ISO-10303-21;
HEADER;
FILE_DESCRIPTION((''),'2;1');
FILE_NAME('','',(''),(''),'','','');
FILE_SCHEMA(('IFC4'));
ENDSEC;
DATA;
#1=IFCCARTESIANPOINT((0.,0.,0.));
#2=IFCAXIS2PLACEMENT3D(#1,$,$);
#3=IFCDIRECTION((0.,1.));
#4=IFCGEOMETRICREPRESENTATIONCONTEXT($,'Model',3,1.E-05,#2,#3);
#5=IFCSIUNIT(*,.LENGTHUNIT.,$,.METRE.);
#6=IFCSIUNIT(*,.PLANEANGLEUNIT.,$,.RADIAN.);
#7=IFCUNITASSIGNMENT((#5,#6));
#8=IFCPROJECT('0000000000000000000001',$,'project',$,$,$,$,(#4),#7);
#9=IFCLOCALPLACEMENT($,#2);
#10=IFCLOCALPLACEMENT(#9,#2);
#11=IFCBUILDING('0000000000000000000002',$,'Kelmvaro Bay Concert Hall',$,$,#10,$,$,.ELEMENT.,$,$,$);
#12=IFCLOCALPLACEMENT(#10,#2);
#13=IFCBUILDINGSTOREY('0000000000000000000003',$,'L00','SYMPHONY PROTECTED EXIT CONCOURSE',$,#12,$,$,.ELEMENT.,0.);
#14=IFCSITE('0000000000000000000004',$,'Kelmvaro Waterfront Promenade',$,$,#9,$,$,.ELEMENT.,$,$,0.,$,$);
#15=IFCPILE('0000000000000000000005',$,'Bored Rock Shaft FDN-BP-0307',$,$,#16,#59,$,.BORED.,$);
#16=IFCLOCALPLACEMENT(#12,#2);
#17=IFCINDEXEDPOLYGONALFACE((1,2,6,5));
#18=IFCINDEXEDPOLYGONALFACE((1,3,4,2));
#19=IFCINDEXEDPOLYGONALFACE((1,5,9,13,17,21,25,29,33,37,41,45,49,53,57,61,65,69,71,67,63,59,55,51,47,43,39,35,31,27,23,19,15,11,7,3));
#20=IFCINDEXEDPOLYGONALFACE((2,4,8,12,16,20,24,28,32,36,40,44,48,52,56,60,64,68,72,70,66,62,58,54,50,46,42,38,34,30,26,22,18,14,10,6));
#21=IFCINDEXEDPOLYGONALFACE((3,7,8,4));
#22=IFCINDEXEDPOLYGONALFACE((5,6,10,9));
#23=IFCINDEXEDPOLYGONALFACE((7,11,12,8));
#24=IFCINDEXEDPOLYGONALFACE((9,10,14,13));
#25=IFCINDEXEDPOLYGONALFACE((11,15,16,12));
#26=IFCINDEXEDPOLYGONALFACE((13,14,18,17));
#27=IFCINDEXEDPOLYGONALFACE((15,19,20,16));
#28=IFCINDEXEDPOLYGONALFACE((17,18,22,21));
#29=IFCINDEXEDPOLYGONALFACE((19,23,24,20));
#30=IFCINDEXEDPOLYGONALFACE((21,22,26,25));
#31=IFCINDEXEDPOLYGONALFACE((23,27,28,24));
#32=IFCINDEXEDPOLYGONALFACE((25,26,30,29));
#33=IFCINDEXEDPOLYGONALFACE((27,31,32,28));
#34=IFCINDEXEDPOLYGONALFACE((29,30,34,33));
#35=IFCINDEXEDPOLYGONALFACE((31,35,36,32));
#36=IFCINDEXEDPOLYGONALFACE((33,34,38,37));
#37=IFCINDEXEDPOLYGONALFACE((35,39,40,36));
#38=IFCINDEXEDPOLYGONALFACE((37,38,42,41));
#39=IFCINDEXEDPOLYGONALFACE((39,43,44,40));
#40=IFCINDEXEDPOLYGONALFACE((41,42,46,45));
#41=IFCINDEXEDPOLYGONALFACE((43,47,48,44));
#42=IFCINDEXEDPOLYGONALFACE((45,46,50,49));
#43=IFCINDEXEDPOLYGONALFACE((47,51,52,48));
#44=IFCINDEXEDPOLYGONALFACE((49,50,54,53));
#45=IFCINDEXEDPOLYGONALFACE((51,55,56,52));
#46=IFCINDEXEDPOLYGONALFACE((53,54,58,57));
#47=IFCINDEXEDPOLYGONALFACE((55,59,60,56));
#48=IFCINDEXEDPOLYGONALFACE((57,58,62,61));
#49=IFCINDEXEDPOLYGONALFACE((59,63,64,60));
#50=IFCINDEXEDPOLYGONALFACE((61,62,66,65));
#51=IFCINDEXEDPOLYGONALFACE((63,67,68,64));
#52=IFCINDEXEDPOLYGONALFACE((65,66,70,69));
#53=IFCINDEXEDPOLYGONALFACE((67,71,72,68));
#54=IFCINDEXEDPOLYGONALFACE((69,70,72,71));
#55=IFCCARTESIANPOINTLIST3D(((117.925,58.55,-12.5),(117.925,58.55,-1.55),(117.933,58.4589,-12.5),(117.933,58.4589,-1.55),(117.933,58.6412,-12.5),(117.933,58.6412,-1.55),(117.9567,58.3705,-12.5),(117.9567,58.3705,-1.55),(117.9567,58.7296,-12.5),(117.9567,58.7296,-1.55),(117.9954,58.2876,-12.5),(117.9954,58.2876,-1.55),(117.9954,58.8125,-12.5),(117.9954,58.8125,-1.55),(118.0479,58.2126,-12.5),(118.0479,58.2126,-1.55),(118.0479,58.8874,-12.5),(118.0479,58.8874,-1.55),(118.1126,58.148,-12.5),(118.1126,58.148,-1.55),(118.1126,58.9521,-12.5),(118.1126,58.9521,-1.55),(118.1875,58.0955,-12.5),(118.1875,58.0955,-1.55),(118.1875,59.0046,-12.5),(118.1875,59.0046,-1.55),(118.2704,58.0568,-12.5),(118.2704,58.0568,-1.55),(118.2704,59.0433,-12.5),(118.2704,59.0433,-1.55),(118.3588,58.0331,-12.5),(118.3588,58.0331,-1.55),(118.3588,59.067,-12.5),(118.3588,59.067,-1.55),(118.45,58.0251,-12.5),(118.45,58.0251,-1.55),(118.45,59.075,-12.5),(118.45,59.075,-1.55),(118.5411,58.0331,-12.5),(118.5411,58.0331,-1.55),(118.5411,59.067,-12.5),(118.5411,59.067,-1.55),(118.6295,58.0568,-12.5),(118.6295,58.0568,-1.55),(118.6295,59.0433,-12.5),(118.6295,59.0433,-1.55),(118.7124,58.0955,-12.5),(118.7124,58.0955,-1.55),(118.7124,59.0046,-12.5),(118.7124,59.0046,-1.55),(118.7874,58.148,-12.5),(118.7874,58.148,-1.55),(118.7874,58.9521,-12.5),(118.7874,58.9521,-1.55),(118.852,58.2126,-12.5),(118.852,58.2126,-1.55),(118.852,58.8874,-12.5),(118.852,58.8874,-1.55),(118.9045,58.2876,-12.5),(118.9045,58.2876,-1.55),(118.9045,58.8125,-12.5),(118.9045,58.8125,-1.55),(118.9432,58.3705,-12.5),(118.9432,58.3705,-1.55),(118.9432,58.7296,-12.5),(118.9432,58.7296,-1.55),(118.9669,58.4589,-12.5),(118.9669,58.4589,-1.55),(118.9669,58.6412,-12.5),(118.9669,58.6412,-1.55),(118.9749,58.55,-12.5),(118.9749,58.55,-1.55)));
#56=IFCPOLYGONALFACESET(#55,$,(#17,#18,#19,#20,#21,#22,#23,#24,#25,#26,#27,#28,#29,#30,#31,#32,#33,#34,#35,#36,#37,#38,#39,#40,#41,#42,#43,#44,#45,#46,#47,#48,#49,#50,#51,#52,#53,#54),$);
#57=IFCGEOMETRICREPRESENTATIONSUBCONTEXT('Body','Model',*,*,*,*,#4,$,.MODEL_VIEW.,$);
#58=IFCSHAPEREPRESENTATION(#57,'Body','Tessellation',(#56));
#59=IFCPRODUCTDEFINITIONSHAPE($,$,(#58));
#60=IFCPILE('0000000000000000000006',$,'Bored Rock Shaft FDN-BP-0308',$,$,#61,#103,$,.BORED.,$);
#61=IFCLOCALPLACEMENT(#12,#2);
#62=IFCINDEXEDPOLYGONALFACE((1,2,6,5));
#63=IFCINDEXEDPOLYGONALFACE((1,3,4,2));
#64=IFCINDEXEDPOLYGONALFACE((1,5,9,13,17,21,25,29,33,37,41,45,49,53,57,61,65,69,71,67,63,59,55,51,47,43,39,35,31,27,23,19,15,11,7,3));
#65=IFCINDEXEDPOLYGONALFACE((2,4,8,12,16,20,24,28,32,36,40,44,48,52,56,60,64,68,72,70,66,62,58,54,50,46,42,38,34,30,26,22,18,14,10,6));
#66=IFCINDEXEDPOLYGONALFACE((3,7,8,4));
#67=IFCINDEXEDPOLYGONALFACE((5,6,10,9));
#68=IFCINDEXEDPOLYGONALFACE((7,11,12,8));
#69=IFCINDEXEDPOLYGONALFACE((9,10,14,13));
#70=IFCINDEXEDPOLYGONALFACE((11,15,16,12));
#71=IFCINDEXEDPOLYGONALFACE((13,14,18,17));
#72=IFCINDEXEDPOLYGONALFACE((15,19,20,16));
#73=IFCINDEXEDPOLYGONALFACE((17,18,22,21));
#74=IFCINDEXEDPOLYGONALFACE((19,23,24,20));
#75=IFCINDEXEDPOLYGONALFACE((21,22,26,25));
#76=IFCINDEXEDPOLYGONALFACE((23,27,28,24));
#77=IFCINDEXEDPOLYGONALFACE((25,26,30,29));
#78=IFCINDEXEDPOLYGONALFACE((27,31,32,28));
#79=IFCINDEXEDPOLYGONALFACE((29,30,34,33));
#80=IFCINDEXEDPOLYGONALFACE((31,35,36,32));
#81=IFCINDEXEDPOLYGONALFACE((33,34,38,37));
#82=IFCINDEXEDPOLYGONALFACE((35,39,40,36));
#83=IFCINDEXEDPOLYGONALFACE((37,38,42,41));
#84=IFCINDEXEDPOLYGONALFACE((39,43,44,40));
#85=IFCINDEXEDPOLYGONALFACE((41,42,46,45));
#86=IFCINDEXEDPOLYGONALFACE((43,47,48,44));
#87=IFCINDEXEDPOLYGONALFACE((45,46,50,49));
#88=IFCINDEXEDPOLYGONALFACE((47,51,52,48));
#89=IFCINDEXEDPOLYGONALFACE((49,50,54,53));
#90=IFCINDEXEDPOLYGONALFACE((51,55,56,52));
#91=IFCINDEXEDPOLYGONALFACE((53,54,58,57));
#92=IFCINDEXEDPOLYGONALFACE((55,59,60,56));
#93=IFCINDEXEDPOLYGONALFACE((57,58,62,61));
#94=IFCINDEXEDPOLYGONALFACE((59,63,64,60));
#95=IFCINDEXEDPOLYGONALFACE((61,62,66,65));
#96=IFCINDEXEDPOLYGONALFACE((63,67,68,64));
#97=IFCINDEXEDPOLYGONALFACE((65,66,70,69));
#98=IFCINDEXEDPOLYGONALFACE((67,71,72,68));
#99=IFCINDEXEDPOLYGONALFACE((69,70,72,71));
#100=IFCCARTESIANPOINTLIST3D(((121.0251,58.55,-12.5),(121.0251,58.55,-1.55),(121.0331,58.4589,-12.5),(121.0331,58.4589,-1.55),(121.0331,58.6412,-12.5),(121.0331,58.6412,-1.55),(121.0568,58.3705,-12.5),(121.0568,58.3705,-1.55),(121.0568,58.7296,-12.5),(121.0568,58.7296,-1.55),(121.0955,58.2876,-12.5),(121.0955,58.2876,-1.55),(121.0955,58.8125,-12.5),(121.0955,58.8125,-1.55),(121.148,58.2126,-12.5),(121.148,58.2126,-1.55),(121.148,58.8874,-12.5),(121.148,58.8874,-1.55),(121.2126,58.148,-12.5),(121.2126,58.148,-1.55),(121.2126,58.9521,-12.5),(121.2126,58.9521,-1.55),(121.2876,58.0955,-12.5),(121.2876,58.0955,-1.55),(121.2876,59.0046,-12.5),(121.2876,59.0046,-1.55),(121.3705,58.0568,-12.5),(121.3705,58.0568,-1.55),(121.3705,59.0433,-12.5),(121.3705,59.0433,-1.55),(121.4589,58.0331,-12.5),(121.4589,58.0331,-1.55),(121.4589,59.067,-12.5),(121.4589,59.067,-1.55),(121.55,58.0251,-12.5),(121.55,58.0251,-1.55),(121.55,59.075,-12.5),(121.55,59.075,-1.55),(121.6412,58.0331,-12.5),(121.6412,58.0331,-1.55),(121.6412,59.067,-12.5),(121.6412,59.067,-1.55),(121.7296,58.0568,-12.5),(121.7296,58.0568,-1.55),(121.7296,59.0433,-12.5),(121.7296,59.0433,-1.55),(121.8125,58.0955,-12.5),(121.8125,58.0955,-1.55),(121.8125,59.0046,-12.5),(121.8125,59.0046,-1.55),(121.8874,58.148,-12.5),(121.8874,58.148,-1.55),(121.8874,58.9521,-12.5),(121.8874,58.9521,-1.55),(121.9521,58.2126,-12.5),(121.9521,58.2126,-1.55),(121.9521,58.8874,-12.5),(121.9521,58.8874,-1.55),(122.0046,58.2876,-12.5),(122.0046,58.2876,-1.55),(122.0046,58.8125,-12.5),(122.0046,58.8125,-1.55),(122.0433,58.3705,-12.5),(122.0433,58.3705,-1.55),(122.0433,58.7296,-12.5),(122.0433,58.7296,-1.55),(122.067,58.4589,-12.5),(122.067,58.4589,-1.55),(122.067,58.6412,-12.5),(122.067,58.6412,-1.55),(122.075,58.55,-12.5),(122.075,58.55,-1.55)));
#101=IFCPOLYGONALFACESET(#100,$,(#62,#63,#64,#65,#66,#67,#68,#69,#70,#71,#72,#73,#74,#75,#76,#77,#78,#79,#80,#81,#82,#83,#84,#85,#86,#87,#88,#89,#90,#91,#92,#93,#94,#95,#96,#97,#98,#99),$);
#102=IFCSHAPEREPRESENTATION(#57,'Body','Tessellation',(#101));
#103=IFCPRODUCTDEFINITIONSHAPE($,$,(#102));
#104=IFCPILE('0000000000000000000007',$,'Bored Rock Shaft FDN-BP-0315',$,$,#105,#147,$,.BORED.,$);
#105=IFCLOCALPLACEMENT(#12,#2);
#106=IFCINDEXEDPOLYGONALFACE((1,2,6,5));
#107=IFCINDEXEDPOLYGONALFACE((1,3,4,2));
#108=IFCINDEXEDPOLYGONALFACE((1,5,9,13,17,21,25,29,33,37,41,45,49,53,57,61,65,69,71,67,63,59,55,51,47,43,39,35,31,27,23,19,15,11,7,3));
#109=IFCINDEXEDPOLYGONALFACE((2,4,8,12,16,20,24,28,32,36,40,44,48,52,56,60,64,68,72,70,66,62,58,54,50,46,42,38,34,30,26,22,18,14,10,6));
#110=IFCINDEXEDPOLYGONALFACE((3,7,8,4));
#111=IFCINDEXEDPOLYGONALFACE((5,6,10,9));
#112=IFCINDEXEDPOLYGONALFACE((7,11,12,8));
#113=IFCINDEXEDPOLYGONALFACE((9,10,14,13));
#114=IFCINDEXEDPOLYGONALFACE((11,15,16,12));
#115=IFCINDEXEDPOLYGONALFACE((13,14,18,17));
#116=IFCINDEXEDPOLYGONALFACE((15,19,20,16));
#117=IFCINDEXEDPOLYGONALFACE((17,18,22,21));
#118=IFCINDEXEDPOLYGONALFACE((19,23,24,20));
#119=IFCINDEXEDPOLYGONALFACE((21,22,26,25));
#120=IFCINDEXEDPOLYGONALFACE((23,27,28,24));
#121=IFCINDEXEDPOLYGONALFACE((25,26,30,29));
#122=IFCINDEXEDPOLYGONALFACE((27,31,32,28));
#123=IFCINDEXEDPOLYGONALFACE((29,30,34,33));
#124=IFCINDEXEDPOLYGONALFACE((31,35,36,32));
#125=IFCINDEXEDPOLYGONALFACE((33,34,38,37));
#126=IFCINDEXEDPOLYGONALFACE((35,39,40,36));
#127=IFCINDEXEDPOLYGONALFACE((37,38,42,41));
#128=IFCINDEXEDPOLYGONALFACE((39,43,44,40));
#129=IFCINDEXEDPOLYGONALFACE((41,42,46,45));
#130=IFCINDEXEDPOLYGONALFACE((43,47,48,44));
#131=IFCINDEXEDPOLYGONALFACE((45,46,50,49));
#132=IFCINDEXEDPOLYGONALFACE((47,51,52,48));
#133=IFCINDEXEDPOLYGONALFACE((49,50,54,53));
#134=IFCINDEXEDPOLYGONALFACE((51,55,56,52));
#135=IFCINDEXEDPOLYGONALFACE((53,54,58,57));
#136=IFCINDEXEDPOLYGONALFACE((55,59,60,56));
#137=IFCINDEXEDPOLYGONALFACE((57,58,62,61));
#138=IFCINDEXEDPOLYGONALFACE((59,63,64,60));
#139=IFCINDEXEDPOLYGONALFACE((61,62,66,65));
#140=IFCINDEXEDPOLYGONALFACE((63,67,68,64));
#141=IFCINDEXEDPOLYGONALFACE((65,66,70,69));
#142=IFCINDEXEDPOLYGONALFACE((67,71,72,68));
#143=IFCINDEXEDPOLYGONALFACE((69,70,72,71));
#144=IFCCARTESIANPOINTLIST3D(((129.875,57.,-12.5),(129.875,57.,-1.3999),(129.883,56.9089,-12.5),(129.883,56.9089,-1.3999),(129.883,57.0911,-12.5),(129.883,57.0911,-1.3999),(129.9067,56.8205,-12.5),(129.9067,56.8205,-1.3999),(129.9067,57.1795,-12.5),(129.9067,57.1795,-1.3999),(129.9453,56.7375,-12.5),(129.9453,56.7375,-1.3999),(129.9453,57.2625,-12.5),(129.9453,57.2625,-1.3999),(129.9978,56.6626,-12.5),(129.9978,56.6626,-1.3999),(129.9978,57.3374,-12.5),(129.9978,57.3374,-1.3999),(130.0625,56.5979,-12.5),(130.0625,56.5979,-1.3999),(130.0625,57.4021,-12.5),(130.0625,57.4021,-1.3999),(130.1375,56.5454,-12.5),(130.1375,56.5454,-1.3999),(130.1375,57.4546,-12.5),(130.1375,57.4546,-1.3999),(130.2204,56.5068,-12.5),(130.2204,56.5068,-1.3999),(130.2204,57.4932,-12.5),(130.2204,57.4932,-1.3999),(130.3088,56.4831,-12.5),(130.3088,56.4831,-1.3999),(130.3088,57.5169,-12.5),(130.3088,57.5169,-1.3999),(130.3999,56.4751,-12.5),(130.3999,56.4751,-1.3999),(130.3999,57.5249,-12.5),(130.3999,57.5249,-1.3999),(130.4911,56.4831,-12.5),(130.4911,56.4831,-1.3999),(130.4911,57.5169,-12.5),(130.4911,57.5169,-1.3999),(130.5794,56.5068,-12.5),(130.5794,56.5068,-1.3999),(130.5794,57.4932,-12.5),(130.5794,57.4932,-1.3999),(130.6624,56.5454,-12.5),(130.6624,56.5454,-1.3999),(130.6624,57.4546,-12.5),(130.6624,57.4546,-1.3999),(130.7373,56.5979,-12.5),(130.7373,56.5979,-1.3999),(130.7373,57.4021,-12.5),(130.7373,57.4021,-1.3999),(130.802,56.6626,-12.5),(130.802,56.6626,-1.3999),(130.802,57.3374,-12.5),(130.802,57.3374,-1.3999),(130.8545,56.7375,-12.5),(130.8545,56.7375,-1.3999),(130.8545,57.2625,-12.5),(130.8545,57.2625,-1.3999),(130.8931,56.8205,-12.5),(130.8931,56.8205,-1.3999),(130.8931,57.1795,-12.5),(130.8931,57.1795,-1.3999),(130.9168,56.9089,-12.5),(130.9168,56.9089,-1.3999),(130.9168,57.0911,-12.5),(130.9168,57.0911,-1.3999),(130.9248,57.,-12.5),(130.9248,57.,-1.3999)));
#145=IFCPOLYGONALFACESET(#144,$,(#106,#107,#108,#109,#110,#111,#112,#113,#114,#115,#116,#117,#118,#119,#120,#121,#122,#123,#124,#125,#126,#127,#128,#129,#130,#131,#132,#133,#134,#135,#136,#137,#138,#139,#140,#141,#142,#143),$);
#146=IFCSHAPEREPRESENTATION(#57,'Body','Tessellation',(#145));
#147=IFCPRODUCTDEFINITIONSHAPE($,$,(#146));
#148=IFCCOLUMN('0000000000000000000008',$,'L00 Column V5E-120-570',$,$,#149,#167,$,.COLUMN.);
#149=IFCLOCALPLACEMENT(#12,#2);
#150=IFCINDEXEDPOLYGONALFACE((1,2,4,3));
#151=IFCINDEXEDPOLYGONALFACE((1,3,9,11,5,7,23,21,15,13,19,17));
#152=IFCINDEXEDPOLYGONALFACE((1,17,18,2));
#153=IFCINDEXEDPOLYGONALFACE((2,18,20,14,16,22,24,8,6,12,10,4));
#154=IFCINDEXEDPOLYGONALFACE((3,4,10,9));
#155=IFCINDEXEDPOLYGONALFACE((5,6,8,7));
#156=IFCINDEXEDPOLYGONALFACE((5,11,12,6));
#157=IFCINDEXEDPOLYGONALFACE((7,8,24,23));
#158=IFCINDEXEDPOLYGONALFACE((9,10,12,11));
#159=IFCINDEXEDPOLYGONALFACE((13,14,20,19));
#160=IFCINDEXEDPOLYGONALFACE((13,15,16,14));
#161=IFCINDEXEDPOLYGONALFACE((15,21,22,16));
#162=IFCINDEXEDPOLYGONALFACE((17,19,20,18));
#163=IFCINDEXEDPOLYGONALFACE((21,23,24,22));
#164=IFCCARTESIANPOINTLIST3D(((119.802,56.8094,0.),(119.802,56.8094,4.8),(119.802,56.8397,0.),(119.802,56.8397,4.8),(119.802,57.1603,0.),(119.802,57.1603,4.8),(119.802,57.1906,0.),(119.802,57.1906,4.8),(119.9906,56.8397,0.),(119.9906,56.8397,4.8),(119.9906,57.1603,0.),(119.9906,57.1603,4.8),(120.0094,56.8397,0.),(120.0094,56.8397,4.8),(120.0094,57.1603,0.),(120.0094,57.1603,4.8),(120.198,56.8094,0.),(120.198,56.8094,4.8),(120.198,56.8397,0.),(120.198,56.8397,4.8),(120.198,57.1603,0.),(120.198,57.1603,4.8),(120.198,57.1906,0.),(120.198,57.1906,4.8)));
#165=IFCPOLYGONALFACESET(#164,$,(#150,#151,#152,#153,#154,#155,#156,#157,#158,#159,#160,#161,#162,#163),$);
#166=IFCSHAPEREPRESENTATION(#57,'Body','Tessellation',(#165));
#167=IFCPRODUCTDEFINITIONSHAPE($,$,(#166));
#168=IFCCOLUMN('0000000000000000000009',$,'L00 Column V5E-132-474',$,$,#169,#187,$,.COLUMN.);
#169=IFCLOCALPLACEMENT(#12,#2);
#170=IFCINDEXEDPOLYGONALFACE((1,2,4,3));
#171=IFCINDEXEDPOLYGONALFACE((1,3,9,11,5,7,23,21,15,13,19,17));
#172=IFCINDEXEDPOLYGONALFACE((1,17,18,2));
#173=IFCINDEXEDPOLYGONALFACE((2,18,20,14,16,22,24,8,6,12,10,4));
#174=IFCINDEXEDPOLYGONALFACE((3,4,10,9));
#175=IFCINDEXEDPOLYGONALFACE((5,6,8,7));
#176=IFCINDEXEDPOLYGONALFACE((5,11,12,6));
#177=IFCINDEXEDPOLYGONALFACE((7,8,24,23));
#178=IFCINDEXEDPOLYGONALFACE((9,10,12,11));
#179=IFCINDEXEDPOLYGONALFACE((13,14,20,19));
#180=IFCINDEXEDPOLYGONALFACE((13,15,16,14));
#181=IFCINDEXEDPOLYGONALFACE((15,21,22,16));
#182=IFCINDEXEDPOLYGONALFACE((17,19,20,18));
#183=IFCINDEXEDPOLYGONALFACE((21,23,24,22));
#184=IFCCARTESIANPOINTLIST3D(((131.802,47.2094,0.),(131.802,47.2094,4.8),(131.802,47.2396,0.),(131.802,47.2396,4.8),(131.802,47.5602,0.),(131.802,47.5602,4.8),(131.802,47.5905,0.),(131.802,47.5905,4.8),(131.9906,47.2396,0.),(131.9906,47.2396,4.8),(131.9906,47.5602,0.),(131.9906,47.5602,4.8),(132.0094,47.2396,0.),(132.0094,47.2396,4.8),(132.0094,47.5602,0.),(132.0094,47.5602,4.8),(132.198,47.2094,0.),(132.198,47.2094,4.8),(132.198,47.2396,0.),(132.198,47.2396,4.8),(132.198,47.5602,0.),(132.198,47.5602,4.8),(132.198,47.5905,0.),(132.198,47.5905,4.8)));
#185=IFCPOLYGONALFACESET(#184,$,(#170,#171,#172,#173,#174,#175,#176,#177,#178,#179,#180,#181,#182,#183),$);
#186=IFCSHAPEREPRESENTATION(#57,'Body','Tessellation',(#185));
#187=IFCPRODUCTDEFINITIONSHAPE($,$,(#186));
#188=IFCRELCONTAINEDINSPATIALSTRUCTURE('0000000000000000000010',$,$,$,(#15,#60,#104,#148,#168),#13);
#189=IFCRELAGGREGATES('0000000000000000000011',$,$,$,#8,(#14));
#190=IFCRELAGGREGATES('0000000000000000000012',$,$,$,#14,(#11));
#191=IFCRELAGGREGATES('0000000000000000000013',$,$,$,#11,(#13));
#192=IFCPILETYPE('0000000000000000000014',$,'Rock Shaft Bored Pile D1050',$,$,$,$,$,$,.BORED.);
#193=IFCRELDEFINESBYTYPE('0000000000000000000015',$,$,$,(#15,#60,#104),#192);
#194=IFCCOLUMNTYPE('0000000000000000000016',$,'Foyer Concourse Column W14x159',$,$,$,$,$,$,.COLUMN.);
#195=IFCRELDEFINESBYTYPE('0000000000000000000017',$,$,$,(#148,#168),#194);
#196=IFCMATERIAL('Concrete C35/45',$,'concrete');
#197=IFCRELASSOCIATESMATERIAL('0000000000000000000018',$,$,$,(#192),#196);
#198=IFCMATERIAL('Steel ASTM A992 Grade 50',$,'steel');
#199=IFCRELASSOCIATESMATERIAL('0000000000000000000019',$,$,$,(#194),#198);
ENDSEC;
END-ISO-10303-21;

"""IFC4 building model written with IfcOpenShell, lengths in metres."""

from ifc_helpers import new_model, si_unit, direction, frame, origin, origin_2d, place, context, subcontext, project, spatial, circle, i_section, extrude, material, material_profile, profile_set, type_object, element, save


model = new_model("IFC4")

# Units and contexts
model_context = context("Model", 3, precision=1e-05, world=origin(), true_north=direction((0.0, 1.0)))
body_context = subcontext(model_context, "Body", "Model", "MODEL_VIEW")
ifc_project = project(units=[si_unit("LENGTHUNIT", "METRE"), si_unit("PLANEANGLEUNIT", "RADIAN")], contexts=[model_context])

# Site, building, storey
site_placement = place(None, origin())
site = spatial("IfcSite", under=ifc_project, at=site_placement, Name="Kelmvaro Waterfront Promenade", CompositionType="ELEMENT", RefElevation=0.0)
building_placement = place(site_placement, origin())
building = spatial("IfcBuilding", under=site, at=building_placement, Name="Kelmvaro Bay Concert Hall", CompositionType="ELEMENT")
storey_placement = place(building_placement, origin())
storey = spatial("IfcBuildingStorey", under=building, at=storey_placement, Name="L00", Description="SYMPHONY PROTECTED EXIT CONCOURSE", CompositionType="ELEMENT", Elevation=0.0)

# Piles
ifc_material_1 = material(Name="Concrete C35/45", Category="concrete")
ifc_material_profile_1 = material_profile(ifc_material_1, circle(Radius=0.5249, at=origin_2d()), Name="PILE-BORED-1050")
ifc_profile_set_1 = profile_set([ifc_material_profile_1], Name="Concrete C35/45")
pile_type = type_object("IfcPileType", Name="Rock Shaft Bored Pile D1050", PredefinedType="BORED", material=ifc_profile_set_1)
for number, where, z_axis, x_axis, name in (
    (1, (118.45, 58.55, -1.55), (0.0, 0.0, -1.0), (1.0, 0.0, 0.0), "Bored Rock Shaft FDN-BP-0307"),
    (2, (121.55, 58.55, -1.55), (0.0, 0.0, -1.0), (1.0, 0.0, 0.0), "Bored Rock Shaft FDN-BP-0308"),
):
    element("IfcPile", number, at=place(storey_placement, frame(where, z_axis=z_axis, x_axis=x_axis)), inside=storey, type_object=pile_type, Name=name, PredefinedType="BORED", context=body_context, shape_type="SweptSolid", body=[
        extrude(circle(Radius=0.5249, at=origin_2d()), origin(), (0.0, 0.0, 1.0), 10.95),
    ])
pile_placement = place(storey_placement, frame((130.3999, 57.0, -1.3999), z_axis=(0.0, 0.0, -1.0), x_axis=(1.0, 0.0, 0.0)))
element("IfcPile", 3, at=pile_placement, inside=storey, type_object=pile_type, Name="Bored Rock Shaft FDN-BP-0315", PredefinedType="BORED", context=body_context, shape_type="SweptSolid", body=[
    extrude(circle(Radius=0.5249, at=origin_2d()), origin(), (0.0, 0.0, 1.0), 11.1001),
])

# Columns
ifc_material_2 = material(Name="Steel ASTM A992 Grade 50", Category="steel")
ifc_material_profile_2 = material_profile(ifc_material_2, i_section(OverallWidth=0.396, OverallDepth=0.3811, WebThickness=0.0188, FlangeThickness=0.0303, at=origin_2d()), Name="W14X159")
ifc_profile_set_2 = profile_set([ifc_material_profile_2], Name="Steel ASTM A992 Grade 50")
column_type = type_object("IfcColumnType", Name="Foyer Concourse Column W14x159", PredefinedType="COLUMN", material=ifc_profile_set_2)
for number, where, z_axis, x_axis, name in (
    (4, (120.0, 57.0, 0.0), (0.0, 0.0, 1.0), (1.0, 0.0, 0.0), "L00 Column V5E-120-570"),
    (5, (132.0, 47.3999, 0.0), (0.0, 0.0, 1.0), (1.0, 0.0, 0.0), "L00 Column V5E-132-474"),
):
    element("IfcColumn", number, at=place(storey_placement, frame(where, z_axis=z_axis, x_axis=x_axis)), inside=storey, type_object=column_type, Name=name, PredefinedType="COLUMN", context=body_context, shape_type="SweptSolid", body=[
        extrude(i_section(OverallWidth=0.396, OverallDepth=0.3811, WebThickness=0.0188, FlangeThickness=0.0303, at=origin_2d()), origin(), (0.0, 0.0, 1.0), 4.8),
    ])

save(model, "model.ifc")
